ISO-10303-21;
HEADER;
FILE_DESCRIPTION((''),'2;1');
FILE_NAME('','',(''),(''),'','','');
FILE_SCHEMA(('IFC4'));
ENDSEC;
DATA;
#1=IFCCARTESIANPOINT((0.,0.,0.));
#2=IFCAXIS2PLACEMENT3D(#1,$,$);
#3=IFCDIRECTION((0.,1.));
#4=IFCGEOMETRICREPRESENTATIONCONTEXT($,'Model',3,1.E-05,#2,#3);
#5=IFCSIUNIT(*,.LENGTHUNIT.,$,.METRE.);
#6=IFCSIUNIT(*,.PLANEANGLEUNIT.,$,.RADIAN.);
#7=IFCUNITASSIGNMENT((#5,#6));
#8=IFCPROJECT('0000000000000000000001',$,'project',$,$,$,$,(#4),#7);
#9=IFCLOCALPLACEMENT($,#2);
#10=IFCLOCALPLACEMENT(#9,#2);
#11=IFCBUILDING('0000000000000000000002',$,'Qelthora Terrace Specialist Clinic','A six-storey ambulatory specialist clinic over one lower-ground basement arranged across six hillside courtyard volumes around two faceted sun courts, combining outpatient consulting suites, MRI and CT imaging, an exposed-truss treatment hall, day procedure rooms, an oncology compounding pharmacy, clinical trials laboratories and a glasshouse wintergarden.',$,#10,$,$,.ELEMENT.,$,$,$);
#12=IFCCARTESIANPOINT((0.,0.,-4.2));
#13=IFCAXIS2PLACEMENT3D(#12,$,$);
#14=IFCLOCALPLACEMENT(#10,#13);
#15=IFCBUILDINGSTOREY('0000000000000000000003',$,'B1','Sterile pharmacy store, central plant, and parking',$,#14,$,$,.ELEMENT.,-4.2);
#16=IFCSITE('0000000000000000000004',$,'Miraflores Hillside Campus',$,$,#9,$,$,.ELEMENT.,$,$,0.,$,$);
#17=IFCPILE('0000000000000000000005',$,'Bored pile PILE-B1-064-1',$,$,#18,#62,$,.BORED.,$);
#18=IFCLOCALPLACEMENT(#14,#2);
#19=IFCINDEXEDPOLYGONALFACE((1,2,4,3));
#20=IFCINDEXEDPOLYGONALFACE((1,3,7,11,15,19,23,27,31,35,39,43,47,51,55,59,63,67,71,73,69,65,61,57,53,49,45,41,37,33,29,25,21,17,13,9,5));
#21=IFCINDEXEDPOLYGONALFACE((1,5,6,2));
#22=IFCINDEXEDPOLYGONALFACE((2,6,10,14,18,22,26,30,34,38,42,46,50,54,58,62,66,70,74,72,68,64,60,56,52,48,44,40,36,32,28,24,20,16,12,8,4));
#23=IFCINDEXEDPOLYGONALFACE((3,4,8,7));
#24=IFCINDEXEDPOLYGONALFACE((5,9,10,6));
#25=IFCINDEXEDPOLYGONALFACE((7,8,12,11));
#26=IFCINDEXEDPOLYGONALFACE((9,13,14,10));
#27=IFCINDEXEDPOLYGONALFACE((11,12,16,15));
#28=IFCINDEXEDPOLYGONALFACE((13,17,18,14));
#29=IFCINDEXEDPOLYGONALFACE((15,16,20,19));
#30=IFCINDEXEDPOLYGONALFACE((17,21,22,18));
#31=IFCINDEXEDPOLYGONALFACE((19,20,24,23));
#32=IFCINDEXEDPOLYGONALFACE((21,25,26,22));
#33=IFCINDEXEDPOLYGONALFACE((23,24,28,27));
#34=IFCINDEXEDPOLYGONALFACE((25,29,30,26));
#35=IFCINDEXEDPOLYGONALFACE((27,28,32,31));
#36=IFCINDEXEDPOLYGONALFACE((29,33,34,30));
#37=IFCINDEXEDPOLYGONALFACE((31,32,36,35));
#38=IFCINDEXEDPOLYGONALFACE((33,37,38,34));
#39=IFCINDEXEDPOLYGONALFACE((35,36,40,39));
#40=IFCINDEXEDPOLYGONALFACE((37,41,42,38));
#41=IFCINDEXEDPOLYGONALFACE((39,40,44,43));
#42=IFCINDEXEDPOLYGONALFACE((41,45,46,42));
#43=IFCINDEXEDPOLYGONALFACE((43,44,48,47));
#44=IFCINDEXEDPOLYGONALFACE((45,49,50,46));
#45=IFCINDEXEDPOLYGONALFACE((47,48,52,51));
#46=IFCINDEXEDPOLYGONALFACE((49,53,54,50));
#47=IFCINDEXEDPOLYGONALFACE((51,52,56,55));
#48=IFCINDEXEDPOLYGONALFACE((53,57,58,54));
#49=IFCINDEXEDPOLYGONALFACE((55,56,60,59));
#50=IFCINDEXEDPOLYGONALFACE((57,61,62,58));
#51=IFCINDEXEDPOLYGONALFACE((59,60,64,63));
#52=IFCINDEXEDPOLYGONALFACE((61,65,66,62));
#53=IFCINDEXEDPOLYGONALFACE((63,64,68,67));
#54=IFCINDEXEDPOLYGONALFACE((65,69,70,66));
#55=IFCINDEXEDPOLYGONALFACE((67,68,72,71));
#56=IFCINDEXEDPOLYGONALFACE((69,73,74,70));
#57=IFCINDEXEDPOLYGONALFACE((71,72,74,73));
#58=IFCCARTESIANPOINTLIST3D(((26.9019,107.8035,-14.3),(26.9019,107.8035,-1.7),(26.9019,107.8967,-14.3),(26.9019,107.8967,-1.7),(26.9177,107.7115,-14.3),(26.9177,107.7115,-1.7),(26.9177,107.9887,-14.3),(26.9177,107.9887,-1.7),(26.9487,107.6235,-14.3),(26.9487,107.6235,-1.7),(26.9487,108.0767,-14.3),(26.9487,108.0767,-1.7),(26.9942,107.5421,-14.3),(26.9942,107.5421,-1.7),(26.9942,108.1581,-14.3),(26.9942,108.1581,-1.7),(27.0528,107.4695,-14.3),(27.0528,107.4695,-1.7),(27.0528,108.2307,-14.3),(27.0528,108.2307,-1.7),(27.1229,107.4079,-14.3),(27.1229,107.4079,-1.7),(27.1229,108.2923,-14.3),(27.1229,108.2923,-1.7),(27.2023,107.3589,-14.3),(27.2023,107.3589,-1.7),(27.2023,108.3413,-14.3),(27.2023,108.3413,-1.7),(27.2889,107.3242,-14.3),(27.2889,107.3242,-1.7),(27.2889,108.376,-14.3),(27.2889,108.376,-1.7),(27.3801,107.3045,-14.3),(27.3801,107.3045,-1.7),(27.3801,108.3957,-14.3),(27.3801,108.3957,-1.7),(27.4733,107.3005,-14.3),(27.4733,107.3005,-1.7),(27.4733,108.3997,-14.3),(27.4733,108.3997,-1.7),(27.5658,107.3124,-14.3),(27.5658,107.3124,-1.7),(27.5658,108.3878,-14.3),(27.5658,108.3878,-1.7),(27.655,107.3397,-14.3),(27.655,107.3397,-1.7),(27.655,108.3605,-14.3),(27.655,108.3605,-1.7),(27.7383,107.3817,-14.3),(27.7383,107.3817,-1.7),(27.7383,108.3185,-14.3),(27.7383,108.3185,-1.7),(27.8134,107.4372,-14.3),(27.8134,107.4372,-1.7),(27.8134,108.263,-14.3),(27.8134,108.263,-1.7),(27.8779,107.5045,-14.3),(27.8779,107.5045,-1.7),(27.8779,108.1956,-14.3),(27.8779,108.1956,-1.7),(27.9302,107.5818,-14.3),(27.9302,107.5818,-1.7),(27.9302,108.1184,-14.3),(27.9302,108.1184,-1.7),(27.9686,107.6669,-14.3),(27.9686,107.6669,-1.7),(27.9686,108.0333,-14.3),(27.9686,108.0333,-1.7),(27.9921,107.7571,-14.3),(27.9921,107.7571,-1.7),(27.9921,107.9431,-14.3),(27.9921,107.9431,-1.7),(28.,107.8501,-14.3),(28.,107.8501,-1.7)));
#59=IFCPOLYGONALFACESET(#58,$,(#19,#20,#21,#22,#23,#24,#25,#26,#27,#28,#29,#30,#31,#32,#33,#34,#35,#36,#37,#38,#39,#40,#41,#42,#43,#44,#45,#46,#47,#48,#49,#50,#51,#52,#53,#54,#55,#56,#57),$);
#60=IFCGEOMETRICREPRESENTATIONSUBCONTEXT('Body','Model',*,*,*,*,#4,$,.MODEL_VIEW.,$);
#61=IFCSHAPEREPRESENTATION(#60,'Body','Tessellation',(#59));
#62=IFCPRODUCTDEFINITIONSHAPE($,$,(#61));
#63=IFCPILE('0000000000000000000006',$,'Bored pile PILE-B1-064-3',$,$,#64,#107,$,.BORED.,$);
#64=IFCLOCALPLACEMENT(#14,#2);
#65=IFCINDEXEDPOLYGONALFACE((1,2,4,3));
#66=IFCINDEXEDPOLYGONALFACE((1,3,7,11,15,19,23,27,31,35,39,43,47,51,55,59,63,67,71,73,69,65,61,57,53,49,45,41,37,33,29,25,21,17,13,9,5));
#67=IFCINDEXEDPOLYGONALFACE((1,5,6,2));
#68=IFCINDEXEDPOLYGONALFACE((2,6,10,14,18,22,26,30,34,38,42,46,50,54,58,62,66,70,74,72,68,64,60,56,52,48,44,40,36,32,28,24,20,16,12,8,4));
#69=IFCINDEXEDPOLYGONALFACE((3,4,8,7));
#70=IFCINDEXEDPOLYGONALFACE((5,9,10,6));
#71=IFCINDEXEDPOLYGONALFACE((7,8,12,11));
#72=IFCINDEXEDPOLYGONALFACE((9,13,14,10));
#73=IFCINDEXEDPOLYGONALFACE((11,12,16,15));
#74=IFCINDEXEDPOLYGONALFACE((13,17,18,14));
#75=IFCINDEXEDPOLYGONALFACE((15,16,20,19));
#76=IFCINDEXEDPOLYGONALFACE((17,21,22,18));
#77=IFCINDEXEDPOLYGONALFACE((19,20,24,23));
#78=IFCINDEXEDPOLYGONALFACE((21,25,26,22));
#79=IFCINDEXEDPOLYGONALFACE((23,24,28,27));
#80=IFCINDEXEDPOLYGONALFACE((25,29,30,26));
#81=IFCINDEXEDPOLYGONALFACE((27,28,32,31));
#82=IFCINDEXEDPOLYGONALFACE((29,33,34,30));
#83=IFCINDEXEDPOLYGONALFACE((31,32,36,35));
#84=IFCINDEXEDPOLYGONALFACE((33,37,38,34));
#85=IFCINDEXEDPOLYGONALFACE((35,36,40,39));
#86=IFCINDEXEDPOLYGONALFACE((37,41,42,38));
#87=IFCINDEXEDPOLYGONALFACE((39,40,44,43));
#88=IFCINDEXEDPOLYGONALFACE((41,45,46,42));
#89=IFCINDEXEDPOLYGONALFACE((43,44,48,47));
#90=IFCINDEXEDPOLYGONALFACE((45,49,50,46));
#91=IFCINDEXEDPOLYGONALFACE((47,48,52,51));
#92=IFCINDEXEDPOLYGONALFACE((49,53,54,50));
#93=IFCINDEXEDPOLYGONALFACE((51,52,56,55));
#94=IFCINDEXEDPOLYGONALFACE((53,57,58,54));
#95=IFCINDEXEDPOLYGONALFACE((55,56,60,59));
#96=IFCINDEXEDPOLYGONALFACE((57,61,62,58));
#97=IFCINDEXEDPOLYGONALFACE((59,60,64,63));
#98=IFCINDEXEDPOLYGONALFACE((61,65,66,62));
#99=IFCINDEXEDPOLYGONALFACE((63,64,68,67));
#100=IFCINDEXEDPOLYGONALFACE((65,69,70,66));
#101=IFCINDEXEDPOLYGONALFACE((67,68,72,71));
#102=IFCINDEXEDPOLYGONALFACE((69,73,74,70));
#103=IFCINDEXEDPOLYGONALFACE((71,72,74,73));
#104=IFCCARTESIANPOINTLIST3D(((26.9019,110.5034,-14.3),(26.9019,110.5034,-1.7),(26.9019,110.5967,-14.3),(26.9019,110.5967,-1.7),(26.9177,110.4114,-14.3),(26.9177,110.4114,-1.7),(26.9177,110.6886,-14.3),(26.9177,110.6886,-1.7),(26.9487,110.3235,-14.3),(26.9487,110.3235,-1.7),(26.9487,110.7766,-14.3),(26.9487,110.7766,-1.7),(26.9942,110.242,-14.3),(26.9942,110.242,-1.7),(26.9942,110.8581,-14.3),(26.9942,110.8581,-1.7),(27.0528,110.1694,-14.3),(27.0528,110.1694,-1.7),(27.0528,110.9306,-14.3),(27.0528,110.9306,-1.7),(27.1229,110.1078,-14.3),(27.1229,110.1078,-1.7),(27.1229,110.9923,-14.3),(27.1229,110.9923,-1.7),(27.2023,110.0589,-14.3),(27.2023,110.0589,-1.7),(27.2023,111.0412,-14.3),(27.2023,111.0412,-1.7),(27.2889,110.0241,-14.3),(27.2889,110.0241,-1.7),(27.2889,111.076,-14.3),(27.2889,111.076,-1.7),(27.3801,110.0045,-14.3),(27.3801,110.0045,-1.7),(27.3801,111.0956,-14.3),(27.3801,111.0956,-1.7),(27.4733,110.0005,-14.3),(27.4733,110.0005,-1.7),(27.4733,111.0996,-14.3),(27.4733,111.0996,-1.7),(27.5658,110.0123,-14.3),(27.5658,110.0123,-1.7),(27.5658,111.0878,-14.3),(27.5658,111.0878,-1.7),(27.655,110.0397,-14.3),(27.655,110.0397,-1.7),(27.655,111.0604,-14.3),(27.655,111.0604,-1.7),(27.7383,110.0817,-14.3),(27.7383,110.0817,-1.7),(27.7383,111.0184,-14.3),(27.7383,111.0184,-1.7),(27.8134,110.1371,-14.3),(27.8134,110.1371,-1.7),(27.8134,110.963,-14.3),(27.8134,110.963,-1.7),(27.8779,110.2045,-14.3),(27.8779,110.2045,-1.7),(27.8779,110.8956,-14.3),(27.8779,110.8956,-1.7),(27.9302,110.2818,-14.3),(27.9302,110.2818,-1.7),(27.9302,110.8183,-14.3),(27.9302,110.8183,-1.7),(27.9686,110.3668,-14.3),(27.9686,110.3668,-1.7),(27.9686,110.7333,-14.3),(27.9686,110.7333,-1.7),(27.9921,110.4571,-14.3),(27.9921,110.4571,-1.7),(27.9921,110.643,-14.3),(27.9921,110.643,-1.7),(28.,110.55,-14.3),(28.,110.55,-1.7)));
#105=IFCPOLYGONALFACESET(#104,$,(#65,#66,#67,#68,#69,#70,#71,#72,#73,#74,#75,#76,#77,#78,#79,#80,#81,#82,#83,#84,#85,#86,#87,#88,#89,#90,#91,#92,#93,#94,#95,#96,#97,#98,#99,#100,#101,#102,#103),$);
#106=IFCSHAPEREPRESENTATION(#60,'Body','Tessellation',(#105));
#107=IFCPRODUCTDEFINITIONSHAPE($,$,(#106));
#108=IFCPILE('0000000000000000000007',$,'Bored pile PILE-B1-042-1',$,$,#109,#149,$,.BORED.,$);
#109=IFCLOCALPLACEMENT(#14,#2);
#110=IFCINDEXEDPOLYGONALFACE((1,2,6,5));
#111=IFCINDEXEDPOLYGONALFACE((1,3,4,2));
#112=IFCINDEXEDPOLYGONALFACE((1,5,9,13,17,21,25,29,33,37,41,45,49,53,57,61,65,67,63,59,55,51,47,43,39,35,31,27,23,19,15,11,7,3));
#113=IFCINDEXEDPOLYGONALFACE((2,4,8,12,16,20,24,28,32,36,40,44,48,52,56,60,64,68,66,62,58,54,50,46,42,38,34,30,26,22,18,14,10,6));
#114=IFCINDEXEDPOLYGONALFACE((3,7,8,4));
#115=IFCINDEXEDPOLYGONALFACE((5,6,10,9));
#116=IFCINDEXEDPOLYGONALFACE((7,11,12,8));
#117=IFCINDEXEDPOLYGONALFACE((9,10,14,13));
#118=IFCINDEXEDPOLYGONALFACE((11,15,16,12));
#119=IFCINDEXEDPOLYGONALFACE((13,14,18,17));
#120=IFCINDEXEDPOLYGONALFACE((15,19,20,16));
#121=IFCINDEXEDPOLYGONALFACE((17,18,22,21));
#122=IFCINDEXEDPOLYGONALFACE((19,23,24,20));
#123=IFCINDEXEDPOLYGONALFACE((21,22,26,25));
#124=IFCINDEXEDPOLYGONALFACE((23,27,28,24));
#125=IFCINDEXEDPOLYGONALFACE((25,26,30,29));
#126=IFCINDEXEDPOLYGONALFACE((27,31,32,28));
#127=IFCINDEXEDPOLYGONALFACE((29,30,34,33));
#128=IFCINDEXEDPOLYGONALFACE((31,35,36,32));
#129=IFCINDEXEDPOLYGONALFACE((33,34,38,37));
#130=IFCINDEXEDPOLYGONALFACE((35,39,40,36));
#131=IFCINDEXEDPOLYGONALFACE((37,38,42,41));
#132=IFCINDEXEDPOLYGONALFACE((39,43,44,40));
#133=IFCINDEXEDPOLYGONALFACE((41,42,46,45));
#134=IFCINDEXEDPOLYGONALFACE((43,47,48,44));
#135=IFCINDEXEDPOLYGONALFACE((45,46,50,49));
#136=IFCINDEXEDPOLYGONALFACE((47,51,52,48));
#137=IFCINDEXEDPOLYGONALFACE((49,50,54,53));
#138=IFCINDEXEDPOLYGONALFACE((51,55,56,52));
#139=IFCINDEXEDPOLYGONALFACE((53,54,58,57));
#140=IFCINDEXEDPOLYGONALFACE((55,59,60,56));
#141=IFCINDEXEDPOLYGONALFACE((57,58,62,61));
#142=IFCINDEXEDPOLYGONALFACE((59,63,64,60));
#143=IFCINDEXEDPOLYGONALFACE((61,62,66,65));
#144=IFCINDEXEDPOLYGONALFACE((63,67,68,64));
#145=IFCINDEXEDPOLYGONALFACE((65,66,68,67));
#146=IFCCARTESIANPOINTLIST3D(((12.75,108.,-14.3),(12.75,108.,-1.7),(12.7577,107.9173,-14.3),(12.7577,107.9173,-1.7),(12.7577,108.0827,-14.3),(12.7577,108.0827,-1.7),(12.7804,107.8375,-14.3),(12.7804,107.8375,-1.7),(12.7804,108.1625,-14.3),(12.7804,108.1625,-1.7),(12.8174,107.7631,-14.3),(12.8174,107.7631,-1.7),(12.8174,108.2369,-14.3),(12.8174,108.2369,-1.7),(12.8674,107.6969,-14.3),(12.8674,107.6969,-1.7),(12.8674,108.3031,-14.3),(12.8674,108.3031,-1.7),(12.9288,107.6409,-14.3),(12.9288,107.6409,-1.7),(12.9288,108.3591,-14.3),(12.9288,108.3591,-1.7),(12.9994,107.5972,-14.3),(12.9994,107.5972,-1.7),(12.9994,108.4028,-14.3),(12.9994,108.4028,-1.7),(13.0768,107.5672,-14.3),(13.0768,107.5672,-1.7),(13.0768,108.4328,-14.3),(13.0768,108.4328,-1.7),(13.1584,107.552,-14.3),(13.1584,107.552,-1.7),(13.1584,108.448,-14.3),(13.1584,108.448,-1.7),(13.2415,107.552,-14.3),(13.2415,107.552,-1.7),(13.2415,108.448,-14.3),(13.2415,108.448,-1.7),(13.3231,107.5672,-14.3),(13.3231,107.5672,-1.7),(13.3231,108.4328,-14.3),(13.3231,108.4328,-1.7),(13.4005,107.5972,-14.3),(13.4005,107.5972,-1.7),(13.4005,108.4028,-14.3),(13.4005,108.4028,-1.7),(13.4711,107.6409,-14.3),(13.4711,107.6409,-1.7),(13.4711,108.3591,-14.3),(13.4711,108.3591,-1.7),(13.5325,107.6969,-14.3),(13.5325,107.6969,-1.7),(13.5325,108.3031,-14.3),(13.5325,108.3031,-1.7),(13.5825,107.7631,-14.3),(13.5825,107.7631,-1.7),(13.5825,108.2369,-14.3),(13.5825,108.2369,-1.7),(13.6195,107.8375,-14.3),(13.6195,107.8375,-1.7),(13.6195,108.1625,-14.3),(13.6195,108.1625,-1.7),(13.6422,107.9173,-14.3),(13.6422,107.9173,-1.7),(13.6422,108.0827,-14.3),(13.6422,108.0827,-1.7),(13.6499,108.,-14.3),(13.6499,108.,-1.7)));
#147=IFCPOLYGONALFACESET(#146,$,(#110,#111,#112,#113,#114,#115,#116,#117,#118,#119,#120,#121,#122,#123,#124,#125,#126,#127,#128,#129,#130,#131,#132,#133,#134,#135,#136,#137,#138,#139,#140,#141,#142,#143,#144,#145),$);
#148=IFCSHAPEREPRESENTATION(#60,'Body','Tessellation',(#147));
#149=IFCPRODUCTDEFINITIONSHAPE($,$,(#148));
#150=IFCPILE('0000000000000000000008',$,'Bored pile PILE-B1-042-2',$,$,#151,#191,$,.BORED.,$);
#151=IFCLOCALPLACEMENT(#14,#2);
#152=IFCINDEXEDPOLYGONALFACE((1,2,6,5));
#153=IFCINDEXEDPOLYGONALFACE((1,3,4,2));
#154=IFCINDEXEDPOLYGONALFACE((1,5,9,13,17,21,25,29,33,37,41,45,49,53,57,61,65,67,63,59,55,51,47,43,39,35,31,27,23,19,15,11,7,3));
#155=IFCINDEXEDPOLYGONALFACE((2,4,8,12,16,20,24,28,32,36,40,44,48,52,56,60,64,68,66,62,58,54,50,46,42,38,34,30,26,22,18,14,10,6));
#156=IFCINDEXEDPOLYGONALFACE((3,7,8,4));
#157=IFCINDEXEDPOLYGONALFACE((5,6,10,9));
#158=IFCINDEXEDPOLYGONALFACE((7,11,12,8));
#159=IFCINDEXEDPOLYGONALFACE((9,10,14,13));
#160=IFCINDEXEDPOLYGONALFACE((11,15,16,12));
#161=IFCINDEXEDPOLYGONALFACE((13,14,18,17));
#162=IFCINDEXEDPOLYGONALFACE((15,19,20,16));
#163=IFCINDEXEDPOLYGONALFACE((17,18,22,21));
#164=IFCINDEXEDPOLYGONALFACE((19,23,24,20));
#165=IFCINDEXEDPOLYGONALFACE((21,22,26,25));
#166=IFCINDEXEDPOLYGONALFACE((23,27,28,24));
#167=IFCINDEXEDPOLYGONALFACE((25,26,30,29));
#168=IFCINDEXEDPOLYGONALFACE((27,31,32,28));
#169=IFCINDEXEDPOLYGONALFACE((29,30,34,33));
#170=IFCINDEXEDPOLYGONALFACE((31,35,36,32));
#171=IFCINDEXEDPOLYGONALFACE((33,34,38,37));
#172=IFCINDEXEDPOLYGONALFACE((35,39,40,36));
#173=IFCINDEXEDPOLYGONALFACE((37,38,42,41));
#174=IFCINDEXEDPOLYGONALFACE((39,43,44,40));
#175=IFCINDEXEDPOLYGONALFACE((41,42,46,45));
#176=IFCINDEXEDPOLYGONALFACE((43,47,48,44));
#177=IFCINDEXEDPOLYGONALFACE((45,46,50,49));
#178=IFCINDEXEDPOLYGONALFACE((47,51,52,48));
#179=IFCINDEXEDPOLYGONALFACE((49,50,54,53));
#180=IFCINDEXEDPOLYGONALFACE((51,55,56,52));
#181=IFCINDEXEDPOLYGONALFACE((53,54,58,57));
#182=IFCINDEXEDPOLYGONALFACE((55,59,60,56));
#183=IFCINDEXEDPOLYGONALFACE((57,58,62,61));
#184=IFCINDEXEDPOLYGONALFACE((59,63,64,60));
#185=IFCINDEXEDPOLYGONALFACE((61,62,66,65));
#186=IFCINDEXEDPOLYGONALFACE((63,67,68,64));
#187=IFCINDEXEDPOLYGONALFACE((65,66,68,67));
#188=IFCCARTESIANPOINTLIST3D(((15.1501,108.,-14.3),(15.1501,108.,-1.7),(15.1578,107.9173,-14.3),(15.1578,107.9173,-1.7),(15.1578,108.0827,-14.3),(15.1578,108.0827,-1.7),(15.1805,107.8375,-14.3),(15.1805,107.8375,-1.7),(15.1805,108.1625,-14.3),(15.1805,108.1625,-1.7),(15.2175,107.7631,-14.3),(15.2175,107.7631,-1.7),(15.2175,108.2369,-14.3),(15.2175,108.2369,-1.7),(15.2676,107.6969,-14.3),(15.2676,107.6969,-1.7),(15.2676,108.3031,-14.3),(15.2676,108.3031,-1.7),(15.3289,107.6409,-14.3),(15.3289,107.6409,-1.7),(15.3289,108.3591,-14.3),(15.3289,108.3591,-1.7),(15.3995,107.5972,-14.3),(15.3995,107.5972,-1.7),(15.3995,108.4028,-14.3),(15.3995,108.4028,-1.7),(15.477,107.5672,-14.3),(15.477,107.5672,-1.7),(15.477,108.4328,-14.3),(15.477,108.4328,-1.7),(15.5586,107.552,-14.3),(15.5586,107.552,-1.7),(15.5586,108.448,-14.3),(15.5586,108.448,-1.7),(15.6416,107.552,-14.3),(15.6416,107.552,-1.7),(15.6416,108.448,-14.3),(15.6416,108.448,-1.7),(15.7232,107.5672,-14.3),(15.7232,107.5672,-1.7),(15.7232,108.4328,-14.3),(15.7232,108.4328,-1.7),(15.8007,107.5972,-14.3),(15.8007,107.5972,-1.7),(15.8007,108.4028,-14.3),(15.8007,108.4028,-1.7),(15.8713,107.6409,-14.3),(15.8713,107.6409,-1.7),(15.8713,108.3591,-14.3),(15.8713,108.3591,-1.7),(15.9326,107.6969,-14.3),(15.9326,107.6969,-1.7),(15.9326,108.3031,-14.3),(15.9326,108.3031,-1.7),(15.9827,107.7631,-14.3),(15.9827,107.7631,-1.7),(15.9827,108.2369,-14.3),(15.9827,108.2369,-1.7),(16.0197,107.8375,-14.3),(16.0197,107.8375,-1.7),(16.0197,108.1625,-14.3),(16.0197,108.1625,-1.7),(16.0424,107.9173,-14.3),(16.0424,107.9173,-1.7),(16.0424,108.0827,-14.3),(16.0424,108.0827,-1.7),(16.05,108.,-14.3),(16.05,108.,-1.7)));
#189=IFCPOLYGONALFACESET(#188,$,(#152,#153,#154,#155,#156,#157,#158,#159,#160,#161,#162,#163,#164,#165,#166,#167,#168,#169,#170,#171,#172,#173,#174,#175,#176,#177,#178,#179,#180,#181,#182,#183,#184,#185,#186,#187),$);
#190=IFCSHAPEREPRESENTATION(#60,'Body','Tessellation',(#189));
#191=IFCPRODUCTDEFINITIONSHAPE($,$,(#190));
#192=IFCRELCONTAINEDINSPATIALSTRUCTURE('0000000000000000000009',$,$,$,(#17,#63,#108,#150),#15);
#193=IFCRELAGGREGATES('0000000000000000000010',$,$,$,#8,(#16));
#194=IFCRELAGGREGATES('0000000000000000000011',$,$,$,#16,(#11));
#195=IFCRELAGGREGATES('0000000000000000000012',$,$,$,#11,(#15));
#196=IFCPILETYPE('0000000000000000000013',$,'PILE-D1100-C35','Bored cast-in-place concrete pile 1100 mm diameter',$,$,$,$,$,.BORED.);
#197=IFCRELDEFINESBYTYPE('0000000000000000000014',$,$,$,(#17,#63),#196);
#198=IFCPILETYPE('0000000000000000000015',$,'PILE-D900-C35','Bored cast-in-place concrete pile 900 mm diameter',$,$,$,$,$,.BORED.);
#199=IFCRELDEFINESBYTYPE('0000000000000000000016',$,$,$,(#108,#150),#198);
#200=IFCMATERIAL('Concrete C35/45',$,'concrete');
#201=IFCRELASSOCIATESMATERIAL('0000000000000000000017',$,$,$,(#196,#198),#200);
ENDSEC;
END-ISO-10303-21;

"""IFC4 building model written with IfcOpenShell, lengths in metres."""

from ifc_helpers import new_model, si_unit, direction, frame, origin, origin_2d, place, context, subcontext, project, spatial, circle, extrude, material, material_profile, profile_set, type_object, element, save


model = new_model("IFC4")

# Units and contexts
model_context = context("Model", 3, precision=1e-05, world=origin(), true_north=direction((0.0, 1.0)))
body_context = subcontext(model_context, "Body", "Model", "MODEL_VIEW")
ifc_project = project(units=[si_unit("LENGTHUNIT", "METRE"), si_unit("PLANEANGLEUNIT", "RADIAN")], contexts=[model_context])

# Site, building, storey
site_placement = place(None, origin())
site = spatial("IfcSite", under=ifc_project, at=site_placement, Name="Miraflores Hillside Campus", CompositionType="ELEMENT", RefElevation=0.0)
building_placement = place(site_placement, origin())
building = spatial("IfcBuilding", under=site, at=building_placement, Name="Qelthora Terrace Specialist Clinic", Description="A six-storey ambulatory specialist clinic over one lower-ground basement arranged across six hillside courtyard volumes around two faceted sun courts, combining outpatient consulting suites, MRI and CT imaging, an exposed-truss treatment hall, day procedure rooms, an oncology compounding pharmacy, clinical trials laboratories and a glasshouse wintergarden.", CompositionType="ELEMENT")
storey_placement = place(building_placement, frame((0.0, 0.0, -4.2)))
storey = spatial("IfcBuildingStorey", under=building, at=storey_placement, Name="B1", Description="Sterile pharmacy store, central plant, and parking", CompositionType="ELEMENT", Elevation=-4.2)

# Shared definitions
ifc_material_1 = material(Name="Concrete C35/45", Category="concrete")

# Piles
ifc_material_profile_1 = material_profile(ifc_material_1, circle(Radius=0.55, at=origin_2d()), Name="PILE1100")
ifc_profile_set_1 = profile_set([ifc_material_profile_1], Name="Concrete C35/45")
pile_type_1 = type_object("IfcPileType", Name="PILE-D1100-C35", Description="Bored cast-in-place concrete pile 1100 mm diameter", PredefinedType="BORED", material=ifc_profile_set_1)
for number, where, z_axis, x_axis, name in (
    (1, (27.45, 107.8501, -1.7), (0.0, 0.0, -1.0), (1.0, 0.0, 0.0), "Bored pile PILE-B1-064-1"),
    (2, (27.45, 110.55, -1.7), (0.0, 0.0, -1.0), (1.0, 0.0, 0.0), "Bored pile PILE-B1-064-3"),
):
    element("IfcPile", number, at=place(storey_placement, frame(where, z_axis=z_axis, x_axis=x_axis)), inside=storey, type_object=pile_type_1, Name=name, PredefinedType="BORED", context=body_context, shape_type="SweptSolid", body=[
        extrude(circle(Radius=0.55, at=origin_2d()), origin(), (0.0, 0.0, 1.0), 12.6001),
    ])
ifc_material_profile_2 = material_profile(ifc_material_1, circle(Radius=0.45, at=origin_2d()), Name="PILE900")
ifc_profile_set_2 = profile_set([ifc_material_profile_2], Name="Concrete C35/45")
pile_type_2 = type_object("IfcPileType", Name="PILE-D900-C35", Description="Bored cast-in-place concrete pile 900 mm diameter", PredefinedType="BORED", material=ifc_profile_set_2)
for number, where, z_axis, x_axis, name in (
    (3, (13.2, 108.0, -1.7), (0.0, 0.0, -1.0), (1.0, 0.0, 0.0), "Bored pile PILE-B1-042-1"),
    (4, (15.6001, 108.0, -1.7), (0.0, 0.0, -1.0), (1.0, 0.0, 0.0), "Bored pile PILE-B1-042-2"),
):
    element("IfcPile", number, at=place(storey_placement, frame(where, z_axis=z_axis, x_axis=x_axis)), inside=storey, type_object=pile_type_2, Name=name, PredefinedType="BORED", context=body_context, shape_type="SweptSolid", body=[
        extrude(circle(Radius=0.45, at=origin_2d()), origin(), (0.0, 0.0, 1.0), 12.6001),
    ])

save(model, "model.ifc")
